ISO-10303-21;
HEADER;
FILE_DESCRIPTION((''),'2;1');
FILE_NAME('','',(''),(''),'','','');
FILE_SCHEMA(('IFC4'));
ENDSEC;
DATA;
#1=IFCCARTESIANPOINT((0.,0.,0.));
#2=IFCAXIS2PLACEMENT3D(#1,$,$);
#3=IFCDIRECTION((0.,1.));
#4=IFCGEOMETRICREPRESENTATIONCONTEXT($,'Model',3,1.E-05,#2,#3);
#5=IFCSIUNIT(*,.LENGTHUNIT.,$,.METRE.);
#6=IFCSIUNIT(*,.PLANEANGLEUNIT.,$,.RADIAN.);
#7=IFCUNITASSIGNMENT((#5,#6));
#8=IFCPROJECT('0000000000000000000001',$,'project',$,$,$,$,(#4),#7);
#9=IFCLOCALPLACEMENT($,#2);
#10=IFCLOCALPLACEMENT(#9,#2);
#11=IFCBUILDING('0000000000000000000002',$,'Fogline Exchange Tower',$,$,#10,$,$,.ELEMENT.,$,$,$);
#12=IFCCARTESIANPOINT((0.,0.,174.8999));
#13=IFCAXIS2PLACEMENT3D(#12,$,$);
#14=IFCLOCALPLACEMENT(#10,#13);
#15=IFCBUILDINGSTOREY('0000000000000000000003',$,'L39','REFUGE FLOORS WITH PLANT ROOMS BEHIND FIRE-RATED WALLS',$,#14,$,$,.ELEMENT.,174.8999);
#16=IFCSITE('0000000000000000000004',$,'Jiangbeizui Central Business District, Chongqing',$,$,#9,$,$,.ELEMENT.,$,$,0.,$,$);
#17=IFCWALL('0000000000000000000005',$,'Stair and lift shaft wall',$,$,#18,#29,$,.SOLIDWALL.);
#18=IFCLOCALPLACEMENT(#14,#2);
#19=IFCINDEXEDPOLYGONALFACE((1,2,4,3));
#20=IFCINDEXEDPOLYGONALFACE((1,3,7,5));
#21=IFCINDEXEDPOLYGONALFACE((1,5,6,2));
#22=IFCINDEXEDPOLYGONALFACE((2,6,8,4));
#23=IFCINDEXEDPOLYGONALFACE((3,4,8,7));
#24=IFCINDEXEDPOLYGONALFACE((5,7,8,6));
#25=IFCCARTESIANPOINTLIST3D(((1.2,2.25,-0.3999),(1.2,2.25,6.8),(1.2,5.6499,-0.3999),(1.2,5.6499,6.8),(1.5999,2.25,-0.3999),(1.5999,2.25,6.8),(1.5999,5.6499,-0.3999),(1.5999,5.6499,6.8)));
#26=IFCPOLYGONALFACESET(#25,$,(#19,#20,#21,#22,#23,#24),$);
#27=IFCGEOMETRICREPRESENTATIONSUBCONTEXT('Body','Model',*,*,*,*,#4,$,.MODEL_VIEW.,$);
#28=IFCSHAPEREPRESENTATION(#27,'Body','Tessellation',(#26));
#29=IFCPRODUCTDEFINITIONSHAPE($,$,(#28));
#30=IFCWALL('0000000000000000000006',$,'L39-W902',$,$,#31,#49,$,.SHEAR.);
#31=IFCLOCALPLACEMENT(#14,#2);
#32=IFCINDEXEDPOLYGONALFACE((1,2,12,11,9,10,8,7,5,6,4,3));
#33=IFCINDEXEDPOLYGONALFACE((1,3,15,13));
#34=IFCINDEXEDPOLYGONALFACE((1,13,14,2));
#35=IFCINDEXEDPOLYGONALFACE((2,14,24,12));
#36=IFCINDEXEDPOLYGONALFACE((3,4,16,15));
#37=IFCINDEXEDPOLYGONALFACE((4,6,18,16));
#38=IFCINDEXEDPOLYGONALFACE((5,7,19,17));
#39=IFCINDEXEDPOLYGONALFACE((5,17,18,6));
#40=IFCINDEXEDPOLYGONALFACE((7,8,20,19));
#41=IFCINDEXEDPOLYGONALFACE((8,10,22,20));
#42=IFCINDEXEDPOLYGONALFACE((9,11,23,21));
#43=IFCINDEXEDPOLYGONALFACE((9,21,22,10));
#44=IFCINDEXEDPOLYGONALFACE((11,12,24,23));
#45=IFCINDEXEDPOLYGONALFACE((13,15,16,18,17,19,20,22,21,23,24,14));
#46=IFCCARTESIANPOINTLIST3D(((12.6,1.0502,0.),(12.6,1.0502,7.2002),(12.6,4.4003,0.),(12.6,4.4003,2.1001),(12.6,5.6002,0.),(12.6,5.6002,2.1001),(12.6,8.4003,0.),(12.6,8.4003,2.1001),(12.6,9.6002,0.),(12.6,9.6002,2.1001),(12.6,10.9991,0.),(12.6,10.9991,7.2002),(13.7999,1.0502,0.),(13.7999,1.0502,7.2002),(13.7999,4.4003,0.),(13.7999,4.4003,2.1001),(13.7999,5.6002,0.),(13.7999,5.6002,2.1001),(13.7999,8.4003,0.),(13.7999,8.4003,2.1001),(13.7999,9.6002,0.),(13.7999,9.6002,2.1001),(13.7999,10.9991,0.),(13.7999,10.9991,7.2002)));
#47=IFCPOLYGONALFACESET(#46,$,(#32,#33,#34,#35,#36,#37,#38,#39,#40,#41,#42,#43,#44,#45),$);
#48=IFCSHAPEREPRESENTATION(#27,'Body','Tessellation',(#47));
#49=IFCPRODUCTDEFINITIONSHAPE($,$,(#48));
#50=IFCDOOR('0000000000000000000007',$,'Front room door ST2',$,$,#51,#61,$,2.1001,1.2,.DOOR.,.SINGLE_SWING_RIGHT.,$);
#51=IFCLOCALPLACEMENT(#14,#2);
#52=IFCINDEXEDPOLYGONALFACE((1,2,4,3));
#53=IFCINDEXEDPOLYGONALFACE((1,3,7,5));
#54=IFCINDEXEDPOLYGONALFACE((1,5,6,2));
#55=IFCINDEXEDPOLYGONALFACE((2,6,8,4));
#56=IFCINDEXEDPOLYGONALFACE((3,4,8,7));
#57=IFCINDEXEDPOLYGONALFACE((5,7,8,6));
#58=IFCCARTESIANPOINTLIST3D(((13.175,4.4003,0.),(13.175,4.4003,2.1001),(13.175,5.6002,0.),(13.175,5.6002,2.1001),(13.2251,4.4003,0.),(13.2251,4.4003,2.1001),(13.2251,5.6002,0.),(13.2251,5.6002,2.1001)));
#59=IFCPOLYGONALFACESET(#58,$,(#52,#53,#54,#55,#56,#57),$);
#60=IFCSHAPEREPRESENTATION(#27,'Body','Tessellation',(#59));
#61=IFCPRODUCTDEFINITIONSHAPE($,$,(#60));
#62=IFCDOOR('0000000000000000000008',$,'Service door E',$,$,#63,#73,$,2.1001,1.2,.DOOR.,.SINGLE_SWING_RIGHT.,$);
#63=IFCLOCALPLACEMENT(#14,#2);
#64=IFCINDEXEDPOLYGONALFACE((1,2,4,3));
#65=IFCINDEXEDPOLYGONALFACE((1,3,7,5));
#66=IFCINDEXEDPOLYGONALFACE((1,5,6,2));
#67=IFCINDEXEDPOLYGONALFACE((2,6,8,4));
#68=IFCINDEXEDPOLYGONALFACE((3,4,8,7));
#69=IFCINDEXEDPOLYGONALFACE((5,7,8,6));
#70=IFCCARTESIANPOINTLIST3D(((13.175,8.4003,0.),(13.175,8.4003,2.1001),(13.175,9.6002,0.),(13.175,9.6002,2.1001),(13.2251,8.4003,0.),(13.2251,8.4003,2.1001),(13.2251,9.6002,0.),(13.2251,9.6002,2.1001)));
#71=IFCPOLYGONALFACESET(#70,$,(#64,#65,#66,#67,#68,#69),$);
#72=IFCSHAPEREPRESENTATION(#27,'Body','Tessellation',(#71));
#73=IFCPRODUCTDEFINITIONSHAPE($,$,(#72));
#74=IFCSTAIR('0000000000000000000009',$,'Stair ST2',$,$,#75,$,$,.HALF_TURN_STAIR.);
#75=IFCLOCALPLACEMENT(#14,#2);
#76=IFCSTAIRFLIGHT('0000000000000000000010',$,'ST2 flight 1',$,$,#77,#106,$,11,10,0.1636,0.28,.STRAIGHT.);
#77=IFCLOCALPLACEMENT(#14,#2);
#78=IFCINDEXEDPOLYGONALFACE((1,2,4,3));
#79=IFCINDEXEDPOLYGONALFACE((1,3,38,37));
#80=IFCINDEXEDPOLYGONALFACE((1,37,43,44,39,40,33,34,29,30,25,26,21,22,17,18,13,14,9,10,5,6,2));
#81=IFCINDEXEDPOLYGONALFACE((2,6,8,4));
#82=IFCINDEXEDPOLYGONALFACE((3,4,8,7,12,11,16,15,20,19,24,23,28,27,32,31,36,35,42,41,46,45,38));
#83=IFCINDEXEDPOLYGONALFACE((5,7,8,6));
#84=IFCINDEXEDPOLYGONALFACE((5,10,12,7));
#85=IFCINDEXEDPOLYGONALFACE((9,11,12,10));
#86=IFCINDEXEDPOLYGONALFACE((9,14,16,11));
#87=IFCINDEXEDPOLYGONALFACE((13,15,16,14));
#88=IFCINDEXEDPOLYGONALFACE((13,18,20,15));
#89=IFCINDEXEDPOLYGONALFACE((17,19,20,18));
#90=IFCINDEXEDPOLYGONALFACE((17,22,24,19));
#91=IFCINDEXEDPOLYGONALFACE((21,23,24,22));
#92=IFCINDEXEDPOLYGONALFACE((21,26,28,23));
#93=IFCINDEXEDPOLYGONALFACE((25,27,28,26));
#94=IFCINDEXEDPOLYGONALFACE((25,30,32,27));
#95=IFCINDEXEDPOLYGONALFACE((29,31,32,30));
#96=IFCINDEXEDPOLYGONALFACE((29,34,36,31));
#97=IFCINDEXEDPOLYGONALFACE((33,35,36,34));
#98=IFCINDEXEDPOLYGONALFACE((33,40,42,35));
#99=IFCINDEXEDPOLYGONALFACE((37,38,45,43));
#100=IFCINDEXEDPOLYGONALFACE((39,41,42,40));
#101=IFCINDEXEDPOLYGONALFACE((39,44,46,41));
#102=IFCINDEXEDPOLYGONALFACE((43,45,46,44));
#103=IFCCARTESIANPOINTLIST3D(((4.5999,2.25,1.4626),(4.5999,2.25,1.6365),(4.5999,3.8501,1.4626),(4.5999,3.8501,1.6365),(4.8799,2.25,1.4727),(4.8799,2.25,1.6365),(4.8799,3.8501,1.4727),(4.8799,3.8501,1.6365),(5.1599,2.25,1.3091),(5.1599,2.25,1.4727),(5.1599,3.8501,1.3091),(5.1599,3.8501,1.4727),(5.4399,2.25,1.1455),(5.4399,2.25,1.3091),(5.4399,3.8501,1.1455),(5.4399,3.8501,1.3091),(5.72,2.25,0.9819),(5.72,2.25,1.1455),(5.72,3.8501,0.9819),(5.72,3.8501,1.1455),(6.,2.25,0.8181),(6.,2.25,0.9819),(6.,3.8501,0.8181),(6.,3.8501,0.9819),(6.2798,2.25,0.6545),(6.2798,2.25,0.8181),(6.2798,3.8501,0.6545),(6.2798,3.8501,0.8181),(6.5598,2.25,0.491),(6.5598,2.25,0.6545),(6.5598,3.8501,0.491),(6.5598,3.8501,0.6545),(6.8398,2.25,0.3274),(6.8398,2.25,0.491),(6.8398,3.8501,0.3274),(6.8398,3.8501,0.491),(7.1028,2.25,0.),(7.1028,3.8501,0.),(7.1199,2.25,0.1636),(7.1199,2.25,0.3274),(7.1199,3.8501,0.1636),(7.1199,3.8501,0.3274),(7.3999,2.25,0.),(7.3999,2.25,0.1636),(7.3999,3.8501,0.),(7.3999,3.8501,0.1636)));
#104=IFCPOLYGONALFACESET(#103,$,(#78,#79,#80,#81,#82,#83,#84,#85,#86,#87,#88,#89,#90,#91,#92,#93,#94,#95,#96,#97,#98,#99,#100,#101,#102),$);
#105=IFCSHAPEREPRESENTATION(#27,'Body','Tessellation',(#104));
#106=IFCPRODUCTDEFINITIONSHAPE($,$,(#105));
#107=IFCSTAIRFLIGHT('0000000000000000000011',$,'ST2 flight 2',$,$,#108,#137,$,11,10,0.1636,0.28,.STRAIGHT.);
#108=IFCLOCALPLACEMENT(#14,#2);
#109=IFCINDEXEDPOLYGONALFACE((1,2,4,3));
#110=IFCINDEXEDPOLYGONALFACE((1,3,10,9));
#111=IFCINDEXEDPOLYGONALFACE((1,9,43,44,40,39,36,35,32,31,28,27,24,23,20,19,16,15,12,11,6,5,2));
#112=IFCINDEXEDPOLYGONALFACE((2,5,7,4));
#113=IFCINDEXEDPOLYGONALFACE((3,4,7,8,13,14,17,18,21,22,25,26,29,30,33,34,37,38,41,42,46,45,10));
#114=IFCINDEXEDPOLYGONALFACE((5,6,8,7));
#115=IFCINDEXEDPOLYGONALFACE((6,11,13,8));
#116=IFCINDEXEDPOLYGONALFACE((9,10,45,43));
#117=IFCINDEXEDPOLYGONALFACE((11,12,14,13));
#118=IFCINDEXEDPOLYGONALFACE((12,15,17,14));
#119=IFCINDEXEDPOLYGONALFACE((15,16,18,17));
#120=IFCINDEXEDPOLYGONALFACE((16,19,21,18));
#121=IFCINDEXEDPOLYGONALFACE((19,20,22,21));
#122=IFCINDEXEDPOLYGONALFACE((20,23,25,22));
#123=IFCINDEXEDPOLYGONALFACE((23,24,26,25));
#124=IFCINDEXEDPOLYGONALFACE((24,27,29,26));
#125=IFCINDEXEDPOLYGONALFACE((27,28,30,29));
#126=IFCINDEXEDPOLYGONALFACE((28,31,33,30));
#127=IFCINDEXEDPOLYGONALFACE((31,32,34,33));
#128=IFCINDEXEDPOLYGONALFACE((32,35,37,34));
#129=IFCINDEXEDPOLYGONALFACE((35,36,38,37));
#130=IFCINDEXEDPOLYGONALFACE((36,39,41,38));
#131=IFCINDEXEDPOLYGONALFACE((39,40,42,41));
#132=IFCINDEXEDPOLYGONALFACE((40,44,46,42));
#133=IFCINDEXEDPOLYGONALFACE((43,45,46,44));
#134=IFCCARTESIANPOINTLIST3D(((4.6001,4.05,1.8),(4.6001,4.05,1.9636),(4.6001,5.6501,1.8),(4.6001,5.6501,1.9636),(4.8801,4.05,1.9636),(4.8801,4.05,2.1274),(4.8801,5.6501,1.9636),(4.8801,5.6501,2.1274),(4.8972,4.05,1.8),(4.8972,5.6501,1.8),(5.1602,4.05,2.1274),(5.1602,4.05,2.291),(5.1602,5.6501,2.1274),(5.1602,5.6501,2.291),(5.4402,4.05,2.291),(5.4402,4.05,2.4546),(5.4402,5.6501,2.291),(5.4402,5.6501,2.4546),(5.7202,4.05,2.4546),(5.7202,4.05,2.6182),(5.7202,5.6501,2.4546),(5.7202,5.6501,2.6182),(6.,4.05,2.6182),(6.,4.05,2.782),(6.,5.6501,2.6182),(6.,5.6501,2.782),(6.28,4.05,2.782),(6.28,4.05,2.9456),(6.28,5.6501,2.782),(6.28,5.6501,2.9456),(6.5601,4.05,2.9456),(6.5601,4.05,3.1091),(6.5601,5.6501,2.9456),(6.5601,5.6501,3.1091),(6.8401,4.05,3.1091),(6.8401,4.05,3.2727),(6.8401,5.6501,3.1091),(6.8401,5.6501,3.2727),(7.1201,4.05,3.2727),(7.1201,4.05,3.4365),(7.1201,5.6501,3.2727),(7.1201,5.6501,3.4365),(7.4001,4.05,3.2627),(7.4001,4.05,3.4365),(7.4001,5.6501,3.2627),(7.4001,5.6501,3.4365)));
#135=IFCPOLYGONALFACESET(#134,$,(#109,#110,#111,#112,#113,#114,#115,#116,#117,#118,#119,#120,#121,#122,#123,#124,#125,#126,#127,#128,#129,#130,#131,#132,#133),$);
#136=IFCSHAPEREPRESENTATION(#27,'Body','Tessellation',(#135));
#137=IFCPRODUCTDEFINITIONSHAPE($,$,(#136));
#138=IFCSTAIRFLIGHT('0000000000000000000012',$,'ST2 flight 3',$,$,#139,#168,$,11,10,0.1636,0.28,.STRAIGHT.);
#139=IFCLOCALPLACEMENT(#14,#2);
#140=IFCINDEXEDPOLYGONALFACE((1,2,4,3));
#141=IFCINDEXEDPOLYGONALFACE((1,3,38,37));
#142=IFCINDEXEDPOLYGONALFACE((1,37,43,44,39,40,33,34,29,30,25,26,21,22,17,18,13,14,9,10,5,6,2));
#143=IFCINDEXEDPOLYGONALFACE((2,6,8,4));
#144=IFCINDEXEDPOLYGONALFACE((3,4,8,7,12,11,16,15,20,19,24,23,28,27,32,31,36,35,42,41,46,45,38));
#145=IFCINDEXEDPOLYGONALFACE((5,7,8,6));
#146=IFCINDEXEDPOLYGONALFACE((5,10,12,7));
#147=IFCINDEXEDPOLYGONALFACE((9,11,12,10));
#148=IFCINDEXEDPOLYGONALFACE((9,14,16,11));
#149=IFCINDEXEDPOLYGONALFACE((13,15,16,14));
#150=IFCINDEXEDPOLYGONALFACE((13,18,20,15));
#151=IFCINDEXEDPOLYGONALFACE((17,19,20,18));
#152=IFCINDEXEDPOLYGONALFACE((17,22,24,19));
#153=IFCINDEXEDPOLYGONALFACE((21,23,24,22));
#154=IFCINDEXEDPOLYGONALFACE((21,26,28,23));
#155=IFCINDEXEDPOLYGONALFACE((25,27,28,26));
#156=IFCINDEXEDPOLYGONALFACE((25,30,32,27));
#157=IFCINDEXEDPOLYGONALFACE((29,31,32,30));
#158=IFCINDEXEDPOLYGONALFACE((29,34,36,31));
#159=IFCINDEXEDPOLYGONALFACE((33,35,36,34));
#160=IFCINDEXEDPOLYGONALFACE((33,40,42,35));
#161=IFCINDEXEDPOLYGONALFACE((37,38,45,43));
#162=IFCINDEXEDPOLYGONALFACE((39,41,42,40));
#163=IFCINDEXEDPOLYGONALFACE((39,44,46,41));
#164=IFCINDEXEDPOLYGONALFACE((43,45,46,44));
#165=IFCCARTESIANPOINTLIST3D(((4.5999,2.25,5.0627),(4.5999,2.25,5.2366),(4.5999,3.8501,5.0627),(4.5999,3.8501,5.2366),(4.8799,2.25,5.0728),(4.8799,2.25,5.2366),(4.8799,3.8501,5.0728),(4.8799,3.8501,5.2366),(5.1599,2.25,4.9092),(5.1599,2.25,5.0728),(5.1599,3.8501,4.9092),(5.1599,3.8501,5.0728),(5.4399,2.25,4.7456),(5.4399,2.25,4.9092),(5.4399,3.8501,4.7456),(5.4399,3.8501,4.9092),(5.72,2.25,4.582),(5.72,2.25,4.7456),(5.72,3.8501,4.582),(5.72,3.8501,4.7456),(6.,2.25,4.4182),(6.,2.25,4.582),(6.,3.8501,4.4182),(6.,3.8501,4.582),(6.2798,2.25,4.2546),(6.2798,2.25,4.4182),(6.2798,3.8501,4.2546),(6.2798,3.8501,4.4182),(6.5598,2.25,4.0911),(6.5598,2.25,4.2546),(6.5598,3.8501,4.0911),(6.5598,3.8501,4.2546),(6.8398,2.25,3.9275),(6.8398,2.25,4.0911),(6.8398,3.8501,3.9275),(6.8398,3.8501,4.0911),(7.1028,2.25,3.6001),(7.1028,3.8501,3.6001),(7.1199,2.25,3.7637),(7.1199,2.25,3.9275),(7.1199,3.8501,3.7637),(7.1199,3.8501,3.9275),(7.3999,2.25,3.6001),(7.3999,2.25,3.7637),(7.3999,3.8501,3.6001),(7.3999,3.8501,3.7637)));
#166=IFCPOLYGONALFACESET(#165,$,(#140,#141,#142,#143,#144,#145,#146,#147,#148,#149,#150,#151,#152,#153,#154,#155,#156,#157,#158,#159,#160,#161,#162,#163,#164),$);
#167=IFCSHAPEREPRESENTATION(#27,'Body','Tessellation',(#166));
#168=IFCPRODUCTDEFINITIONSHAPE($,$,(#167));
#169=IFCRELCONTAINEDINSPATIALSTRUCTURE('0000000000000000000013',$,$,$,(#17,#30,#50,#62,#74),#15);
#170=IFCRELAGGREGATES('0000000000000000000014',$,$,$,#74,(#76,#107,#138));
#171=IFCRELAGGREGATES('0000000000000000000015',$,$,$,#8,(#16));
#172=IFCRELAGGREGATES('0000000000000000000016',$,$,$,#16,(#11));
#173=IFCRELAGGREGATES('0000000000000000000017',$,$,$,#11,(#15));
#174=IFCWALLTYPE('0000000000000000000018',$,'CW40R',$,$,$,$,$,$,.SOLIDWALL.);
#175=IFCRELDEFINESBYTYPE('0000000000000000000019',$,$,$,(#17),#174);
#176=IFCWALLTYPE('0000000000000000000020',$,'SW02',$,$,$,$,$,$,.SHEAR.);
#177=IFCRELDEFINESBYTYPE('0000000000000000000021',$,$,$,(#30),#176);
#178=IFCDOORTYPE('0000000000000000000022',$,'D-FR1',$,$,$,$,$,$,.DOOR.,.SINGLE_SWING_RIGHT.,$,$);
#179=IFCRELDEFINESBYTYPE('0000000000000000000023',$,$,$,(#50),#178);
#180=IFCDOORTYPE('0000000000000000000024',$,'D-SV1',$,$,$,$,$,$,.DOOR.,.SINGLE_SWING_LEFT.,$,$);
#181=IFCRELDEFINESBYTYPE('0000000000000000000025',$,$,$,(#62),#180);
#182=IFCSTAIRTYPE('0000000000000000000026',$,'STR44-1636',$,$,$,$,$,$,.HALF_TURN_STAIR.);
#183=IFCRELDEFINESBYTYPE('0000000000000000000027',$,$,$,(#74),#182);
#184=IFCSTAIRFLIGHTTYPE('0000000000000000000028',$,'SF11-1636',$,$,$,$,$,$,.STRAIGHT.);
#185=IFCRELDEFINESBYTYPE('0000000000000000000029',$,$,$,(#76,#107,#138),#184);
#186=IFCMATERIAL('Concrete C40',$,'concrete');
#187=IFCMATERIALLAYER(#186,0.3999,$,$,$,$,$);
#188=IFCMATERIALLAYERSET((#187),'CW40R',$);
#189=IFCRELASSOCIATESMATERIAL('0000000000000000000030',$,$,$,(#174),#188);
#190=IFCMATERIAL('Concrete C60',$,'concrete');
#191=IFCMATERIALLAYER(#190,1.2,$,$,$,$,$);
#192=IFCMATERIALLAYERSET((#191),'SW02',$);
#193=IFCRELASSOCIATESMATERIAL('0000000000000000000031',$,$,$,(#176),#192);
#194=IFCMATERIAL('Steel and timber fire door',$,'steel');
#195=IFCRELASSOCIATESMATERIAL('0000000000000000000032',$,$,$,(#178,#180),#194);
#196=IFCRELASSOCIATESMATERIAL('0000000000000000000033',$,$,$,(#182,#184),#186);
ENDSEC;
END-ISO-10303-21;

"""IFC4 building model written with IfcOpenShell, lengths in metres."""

from ifc_helpers import new_model, si_unit, direction, frame, frame_2d, origin, place, context, subcontext, project, spatial, polyline, rectangle, outline, extrude, material, layer, layer_set, type_object, element, fill, aggregate, save


model = new_model("IFC4")

# Units and contexts
model_context = context("Model", 3, precision=1e-05, world=origin(), true_north=direction((0.0, 1.0)))
body_context = subcontext(model_context, "Body", "Model", "MODEL_VIEW")
ifc_project = project(units=[si_unit("LENGTHUNIT", "METRE"), si_unit("PLANEANGLEUNIT", "RADIAN")], contexts=[model_context])

# Site, building, storey
site_placement = place(None, origin())
site = spatial("IfcSite", under=ifc_project, at=site_placement, Name="Jiangbeizui Central Business District, Chongqing", CompositionType="ELEMENT", RefElevation=0.0)
building_placement = place(site_placement, origin())
building = spatial("IfcBuilding", under=site, at=building_placement, Name="Fogline Exchange Tower", CompositionType="ELEMENT")
storey_placement = place(building_placement, frame((0.0, 0.0, 174.8999)))
storey = spatial("IfcBuildingStorey", under=building, at=storey_placement, Name="L39", Description="REFUGE FLOORS WITH PLANT ROOMS BEHIND FIRE-RATED WALLS", CompositionType="ELEMENT", Elevation=174.8999)

# Shared definitions
ifc_material_1 = material(Name="Concrete C60", Category="concrete")
ifc_material_2 = material(Name="Concrete C40", Category="concrete")

# Shared definitions
ifc_material_3 = material(Name="Steel and timber fire door", Category="steel")

# Wall
ifc_layer_1 = layer(ifc_material_2, 0.3999)
ifc_layer_set_1 = layer_set([ifc_layer_1], Name="CW40R")
wall_type_1 = type_object("IfcWallType", Name="CW40R", PredefinedType="SOLIDWALL", material=ifc_layer_set_1)
wall_1_placement = place(storey_placement, frame((1.3999, 2.25, -0.3999), z_axis=(0.0, 0.0, 1.0), x_axis=(0.0, 1.0, 0.0)))
element("IfcWall", 1, at=wall_1_placement, inside=storey, type_object=wall_type_1, Name="Stair and lift shaft wall", PredefinedType="SOLIDWALL", context=body_context, shape_type="SweptSolid", body=[
    extrude(rectangle(XDim=3.3999, YDim=0.3999, at=frame_2d((1.7, 0.0))), origin(), (0.0, 0.0, 1.0), 7.2),
])

# Wall, openings, doors
ifc_layer_2 = layer(ifc_material_1, 1.2)
ifc_layer_set_2 = layer_set([ifc_layer_2], Name="SW02")
wall_type_2 = type_object("IfcWallType", Name="SW02", PredefinedType="SHEAR", material=ifc_layer_set_2)
wall_2_placement = place(storey_placement, frame((13.2, 1.05, 0.0), z_axis=(0.0, 0.0, 1.0), x_axis=(0.0, 1.0, 0.0)))
wall_2 = element("IfcWall", 2, at=wall_2_placement, inside=storey, type_object=wall_type_2, Name="L39-W902", PredefinedType="SHEAR", context=body_context, shape_type="SweptSolid", body=[
    extrude(rectangle(XDim=9.949, YDim=1.2, at=frame_2d((4.9746, 0.0))), origin(), (0.0, 0.0, 1.0), 7.2002),
])
opening_1_placement = place(wall_2_placement, frame((3.3501, 0.0, 0.0)))
opening_1 = element("IfcOpeningElement", 3, at=opening_1_placement, cuts=wall_2, PredefinedType="OPENING", context=body_context, shape_type="SweptSolid", body=[
    extrude(rectangle(XDim=1.2, YDim=2.1001, at=frame_2d((0.6001, 1.05))), frame((0.0, 0.6099, 0.0), z_axis=(0.0, -1.0, 0.0), x_axis=(1.0, 0.0, 0.0)), (0.0, 0.0, 1.0), 1.22),
])
opening_2_placement = place(wall_2_placement, frame((7.3501, 0.0, 0.0)))
opening_2 = element("IfcOpeningElement", 4, at=opening_2_placement, cuts=wall_2, PredefinedType="OPENING", context=body_context, shape_type="SweptSolid", body=[
    extrude(rectangle(XDim=1.2, YDim=2.1001, at=frame_2d((0.6001, 1.05))), frame((0.0, 0.6099, 0.0), z_axis=(0.0, -1.0, 0.0), x_axis=(1.0, 0.0, 0.0)), (0.0, 0.0, 1.0), 1.22),
])
door_type_1 = type_object("IfcDoorType", Name="D-FR1", OperationType="SINGLE_SWING_RIGHT", PredefinedType="DOOR", material=ifc_material_3)
door_1_placement = place(opening_1_placement, origin())
door_1 = element("IfcDoor", 5, at=door_1_placement, inside=storey, type_object=door_type_1, Name="Front room door ST2", OperationType="SINGLE_SWING_RIGHT", OverallHeight=2.1001, OverallWidth=1.2, PredefinedType="DOOR", context=body_context, shape_type="SweptSolid", body=[
    extrude(rectangle(XDim=1.2, YDim=2.1001, at=frame_2d((0.6001, 1.05))), frame((0.0, 0.0249, 0.0), z_axis=(0.0, -1.0, 0.0), x_axis=(1.0, 0.0, 0.0)), (0.0, 0.0, 1.0), 0.05),
])
fill(opening_1, door_1)
door_type_2 = type_object("IfcDoorType", Name="D-SV1", OperationType="SINGLE_SWING_LEFT", PredefinedType="DOOR", material=ifc_material_3)
door_2_placement = place(opening_2_placement, origin())
door_2 = element("IfcDoor", 6, at=door_2_placement, inside=storey, type_object=door_type_2, Name="Service door E", OperationType="SINGLE_SWING_RIGHT", OverallHeight=2.1001, OverallWidth=1.2, PredefinedType="DOOR", context=body_context, shape_type="SweptSolid", body=[
    extrude(rectangle(XDim=1.2, YDim=2.1001, at=frame_2d((0.6001, 1.05))), frame((0.0, 0.0249, 0.0), z_axis=(0.0, -1.0, 0.0), x_axis=(1.0, 0.0, 0.0)), (0.0, 0.0, 1.0), 0.05),
])
fill(opening_2, door_2)

# Stair, stair flights
stair_type = type_object("IfcStairType", Name="STR44-1636", PredefinedType="HALF_TURN_STAIR", material=ifc_material_2)
stair_placement = place(storey_placement, origin())
stair = element("IfcStair", 7, at=stair_placement, inside=storey, type_object=stair_type, Name="Stair ST2", PredefinedType="HALF_TURN_STAIR")
stair_flight_type = type_object("IfcStairFlightType", Name="SF11-1636", PredefinedType="STRAIGHT", material=ifc_material_2)
stair_flight_1_placement = place(storey_placement, frame((7.3999, 3.05, 0.0), z_axis=(0.0, 0.0, 1.0), x_axis=(-1.0, 0.0, 0.0)))
stair_flight_1 = element("IfcStairFlight", 8, at=stair_flight_1_placement, type_object=stair_flight_type, Name="ST2 flight 1", NumberOfRisers=11, NumberOfTreads=10, PredefinedType="STRAIGHT", RiserHeight=0.1636, TreadLength=0.28, context=body_context, shape_type="SweptSolid", body=[
    extrude(outline(polyline([(0.0, 0.0), (0.0, 0.1636), (0.28, 0.1636), (0.28, 0.3274), (0.5601, 0.3274), (0.5601, 0.491), (0.8401, 0.491), (0.8401, 0.6545), (1.1201, 0.6545), (1.1201, 0.8181), (1.3999, 0.8181), (1.3999, 0.9819), (1.6799, 0.9819), (1.6799, 1.1455), (1.96, 1.1455), (1.96, 1.3091), (2.24, 1.3091), (2.24, 1.4727), (2.52, 1.4727), (2.52, 1.6365), (2.8, 1.6365), (2.8, 1.8), (2.8, 1.4626), (0.2971, 0.0), (0.0, 0.0)])), frame((0.0, 0.8, 0.0), z_axis=(0.0, -1.0, 0.0), x_axis=(1.0, 0.0, 0.0)), (0.0, 0.0, 1.0), 1.6001),
])
stair_flight_2_placement = place(storey_placement, frame((4.6001, 4.8501, 1.8), z_axis=(0.0, 0.0, 1.0), x_axis=(1.0, 0.0, 0.0)))
stair_flight_2 = element("IfcStairFlight", 9, at=stair_flight_2_placement, type_object=stair_flight_type, Name="ST2 flight 2", NumberOfRisers=11, NumberOfTreads=10, PredefinedType="STRAIGHT", RiserHeight=0.1636, TreadLength=0.28, context=body_context, shape_type="SweptSolid", body=[
    extrude(outline(polyline([(0.0, 0.0), (0.0, 0.1636), (0.28, 0.1636), (0.28, 0.3274), (0.5601, 0.3274), (0.5601, 0.491), (0.8401, 0.491), (0.8401, 0.6545), (1.1201, 0.6545), (1.1201, 0.8181), (1.3999, 0.8181), (1.3999, 0.9819), (1.6799, 0.9819), (1.6799, 1.1455), (1.96, 1.1455), (1.96, 1.3091), (2.24, 1.3091), (2.24, 1.4727), (2.52, 1.4727), (2.52, 1.6365), (2.8, 1.6365), (2.8, 1.8), (2.8, 1.4626), (0.2971, 0.0), (0.0, 0.0)])), frame((0.0, 0.8, 0.0), z_axis=(0.0, -1.0, 0.0), x_axis=(1.0, 0.0, 0.0)), (0.0, 0.0, 1.0), 1.6001),
])
stair_flight_3_placement = place(storey_placement, frame((7.3999, 3.05, 3.6001), z_axis=(0.0, 0.0, 1.0), x_axis=(-1.0, 0.0, 0.0)))
stair_flight_3 = element("IfcStairFlight", 10, at=stair_flight_3_placement, type_object=stair_flight_type, Name="ST2 flight 3", NumberOfRisers=11, NumberOfTreads=10, PredefinedType="STRAIGHT", RiserHeight=0.1636, TreadLength=0.28, context=body_context, shape_type="SweptSolid", body=[
    extrude(outline(polyline([(0.0, 0.0), (0.0, 0.1636), (0.28, 0.1636), (0.28, 0.3274), (0.5601, 0.3274), (0.5601, 0.491), (0.8401, 0.491), (0.8401, 0.6545), (1.1201, 0.6545), (1.1201, 0.8181), (1.3999, 0.8181), (1.3999, 0.9819), (1.6799, 0.9819), (1.6799, 1.1455), (1.96, 1.1455), (1.96, 1.3091), (2.24, 1.3091), (2.24, 1.4727), (2.52, 1.4727), (2.52, 1.6365), (2.8, 1.6365), (2.8, 1.8), (2.8, 1.4626), (0.2971, 0.0), (0.0, 0.0)])), frame((0.0, 0.8, 0.0), z_axis=(0.0, -1.0, 0.0), x_axis=(1.0, 0.0, 0.0)), (0.0, 0.0, 1.0), 1.6001),
])
aggregate(stair, [stair_flight_1, stair_flight_2, stair_flight_3])

save(model, "model.ifc")
